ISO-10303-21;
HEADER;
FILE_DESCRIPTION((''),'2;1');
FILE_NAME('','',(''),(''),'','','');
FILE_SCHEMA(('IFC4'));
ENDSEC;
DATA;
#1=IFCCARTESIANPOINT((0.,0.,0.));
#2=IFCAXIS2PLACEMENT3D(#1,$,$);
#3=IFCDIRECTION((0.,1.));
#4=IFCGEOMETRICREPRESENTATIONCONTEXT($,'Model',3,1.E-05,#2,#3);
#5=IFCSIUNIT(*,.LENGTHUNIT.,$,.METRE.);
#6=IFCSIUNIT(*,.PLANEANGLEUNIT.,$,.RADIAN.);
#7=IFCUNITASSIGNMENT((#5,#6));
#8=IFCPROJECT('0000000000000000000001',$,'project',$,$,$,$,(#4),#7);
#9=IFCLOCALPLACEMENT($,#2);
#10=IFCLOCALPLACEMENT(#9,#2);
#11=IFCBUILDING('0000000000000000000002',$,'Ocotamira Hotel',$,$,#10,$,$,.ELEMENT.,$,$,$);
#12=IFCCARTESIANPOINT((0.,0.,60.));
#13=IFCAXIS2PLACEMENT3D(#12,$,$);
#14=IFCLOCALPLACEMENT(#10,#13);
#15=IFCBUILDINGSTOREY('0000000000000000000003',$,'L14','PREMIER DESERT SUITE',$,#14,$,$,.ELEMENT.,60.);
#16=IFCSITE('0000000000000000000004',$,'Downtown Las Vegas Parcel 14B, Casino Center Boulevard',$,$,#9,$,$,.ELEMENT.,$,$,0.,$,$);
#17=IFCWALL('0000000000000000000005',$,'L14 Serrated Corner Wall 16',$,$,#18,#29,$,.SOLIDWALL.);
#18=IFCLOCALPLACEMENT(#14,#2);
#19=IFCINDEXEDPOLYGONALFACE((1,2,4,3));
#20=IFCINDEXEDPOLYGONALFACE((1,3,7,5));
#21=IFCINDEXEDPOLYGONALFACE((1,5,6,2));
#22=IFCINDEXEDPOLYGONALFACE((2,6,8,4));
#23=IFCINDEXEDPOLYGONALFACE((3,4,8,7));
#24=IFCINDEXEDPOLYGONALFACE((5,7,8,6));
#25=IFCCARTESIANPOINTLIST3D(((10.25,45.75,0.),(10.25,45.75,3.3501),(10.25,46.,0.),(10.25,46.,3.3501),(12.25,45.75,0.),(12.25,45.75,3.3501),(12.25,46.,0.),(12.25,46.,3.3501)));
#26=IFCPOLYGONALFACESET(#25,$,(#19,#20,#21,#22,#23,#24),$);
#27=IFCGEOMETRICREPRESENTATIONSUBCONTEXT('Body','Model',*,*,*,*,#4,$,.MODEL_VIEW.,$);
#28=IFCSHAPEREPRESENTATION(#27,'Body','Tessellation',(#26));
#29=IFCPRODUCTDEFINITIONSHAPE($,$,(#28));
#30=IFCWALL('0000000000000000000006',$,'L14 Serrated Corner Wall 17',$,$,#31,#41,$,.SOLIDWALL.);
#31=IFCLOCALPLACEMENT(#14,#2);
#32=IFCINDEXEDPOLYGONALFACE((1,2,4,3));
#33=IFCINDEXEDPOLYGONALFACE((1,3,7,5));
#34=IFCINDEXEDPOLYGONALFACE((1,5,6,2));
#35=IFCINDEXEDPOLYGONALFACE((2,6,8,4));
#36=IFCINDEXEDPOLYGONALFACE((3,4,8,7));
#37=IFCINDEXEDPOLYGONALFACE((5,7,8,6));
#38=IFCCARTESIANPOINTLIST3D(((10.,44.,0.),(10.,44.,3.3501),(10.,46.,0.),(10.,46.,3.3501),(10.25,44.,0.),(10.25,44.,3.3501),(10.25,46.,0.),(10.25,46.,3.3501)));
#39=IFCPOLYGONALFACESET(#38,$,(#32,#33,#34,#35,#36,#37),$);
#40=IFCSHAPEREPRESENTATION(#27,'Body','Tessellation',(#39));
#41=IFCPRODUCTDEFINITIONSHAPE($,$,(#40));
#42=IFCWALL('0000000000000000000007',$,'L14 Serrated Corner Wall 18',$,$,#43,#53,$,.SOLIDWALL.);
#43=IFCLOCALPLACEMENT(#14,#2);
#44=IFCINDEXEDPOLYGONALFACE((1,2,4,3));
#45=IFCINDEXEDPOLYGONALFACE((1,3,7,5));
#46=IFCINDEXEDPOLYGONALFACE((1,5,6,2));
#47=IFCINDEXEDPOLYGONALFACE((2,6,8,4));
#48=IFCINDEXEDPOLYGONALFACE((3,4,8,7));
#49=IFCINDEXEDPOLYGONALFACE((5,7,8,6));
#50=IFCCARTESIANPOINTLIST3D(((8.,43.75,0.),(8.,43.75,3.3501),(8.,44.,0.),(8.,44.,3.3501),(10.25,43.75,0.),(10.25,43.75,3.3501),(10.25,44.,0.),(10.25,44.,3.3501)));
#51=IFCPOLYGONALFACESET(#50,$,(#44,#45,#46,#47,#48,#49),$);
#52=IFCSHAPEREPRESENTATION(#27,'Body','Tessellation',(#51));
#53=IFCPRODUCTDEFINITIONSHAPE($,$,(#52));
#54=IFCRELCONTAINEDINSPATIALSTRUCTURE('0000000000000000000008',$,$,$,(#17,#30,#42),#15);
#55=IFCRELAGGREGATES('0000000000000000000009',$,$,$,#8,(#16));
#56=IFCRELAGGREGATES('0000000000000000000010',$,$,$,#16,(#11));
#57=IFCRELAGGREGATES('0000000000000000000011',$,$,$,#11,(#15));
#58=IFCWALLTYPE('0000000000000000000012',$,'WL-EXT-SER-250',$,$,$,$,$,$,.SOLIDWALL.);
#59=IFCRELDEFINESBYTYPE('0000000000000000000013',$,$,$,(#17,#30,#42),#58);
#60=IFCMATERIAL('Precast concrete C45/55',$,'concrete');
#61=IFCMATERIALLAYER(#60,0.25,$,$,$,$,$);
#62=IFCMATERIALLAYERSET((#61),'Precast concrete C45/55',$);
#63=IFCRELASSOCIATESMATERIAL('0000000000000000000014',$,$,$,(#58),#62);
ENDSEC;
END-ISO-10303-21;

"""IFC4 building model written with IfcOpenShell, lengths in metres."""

from ifc_helpers import new_model, si_unit, direction, frame, frame_2d, origin, place, context, subcontext, project, spatial, rectangle, extrude, material, layer, layer_set, type_object, element, save


model = new_model("IFC4")

# Units and contexts
model_context = context("Model", 3, precision=1e-05, world=origin(), true_north=direction((0.0, 1.0)))
body_context = subcontext(model_context, "Body", "Model", "MODEL_VIEW")
ifc_project = project(units=[si_unit("LENGTHUNIT", "METRE"), si_unit("PLANEANGLEUNIT", "RADIAN")], contexts=[model_context])

# Site, building, storey
site_placement = place(None, origin())
site = spatial("IfcSite", under=ifc_project, at=site_placement, Name="Downtown Las Vegas Parcel 14B, Casino Center Boulevard", CompositionType="ELEMENT", RefElevation=0.0)
building_placement = place(site_placement, origin())
building = spatial("IfcBuilding", under=site, at=building_placement, Name="Ocotamira Hotel", CompositionType="ELEMENT")
storey_placement = place(building_placement, frame((0.0, 0.0, 60.0)))
storey = spatial("IfcBuildingStorey", under=building, at=storey_placement, Name="L14", Description="PREMIER DESERT SUITE", CompositionType="ELEMENT", Elevation=60.0)

# Shared definitions
ifc_material_1 = material(Name="Precast concrete C45/55", Category="concrete")
ifc_layer_1 = layer(ifc_material_1, 0.25)
ifc_layer_set_1 = layer_set([ifc_layer_1], Name="Precast concrete C45/55")
wall_type_1 = type_object("IfcWallType", Name="WL-EXT-SER-250", PredefinedType="SOLIDWALL", material=ifc_layer_set_1)

# Walls
for number, where, z_axis, x_axis, name in (
    (1, (12.25, 45.875, 0.0), (0.0, 0.0, 1.0), (-1.0, 0.0, 0.0), "L14 Serrated Corner Wall 16"),
    (2, (10.125, 46.0, 0.0), (0.0, 0.0, 1.0), (0.0, -1.0, 0.0), "L14 Serrated Corner Wall 17"),
):
    element("IfcWall", number, at=place(storey_placement, frame(where, z_axis=z_axis, x_axis=x_axis)), inside=storey, type_object=wall_type_1, Name=name, PredefinedType="SOLIDWALL", context=body_context, shape_type="SweptSolid", body=[
        extrude(rectangle(XDim=2.0, YDim=0.25, at=frame_2d((1.0, 0.0))), origin(), (0.0, 0.0, 1.0), 3.3501),
    ])
wall_1_placement = place(storey_placement, frame((10.25, 43.875, 0.0), z_axis=(0.0, 0.0, 1.0), x_axis=(-1.0, 0.0, 0.0)))
element("IfcWall", 3, at=wall_1_placement, inside=storey, type_object=wall_type_1, Name="L14 Serrated Corner Wall 18", PredefinedType="SOLIDWALL", context=body_context, shape_type="SweptSolid", body=[
    extrude(rectangle(XDim=2.25, YDim=0.25, at=frame_2d((1.125, 0.0))), origin(), (0.0, 0.0, 1.0), 3.3501),
])

save(model, "model.ifc")
